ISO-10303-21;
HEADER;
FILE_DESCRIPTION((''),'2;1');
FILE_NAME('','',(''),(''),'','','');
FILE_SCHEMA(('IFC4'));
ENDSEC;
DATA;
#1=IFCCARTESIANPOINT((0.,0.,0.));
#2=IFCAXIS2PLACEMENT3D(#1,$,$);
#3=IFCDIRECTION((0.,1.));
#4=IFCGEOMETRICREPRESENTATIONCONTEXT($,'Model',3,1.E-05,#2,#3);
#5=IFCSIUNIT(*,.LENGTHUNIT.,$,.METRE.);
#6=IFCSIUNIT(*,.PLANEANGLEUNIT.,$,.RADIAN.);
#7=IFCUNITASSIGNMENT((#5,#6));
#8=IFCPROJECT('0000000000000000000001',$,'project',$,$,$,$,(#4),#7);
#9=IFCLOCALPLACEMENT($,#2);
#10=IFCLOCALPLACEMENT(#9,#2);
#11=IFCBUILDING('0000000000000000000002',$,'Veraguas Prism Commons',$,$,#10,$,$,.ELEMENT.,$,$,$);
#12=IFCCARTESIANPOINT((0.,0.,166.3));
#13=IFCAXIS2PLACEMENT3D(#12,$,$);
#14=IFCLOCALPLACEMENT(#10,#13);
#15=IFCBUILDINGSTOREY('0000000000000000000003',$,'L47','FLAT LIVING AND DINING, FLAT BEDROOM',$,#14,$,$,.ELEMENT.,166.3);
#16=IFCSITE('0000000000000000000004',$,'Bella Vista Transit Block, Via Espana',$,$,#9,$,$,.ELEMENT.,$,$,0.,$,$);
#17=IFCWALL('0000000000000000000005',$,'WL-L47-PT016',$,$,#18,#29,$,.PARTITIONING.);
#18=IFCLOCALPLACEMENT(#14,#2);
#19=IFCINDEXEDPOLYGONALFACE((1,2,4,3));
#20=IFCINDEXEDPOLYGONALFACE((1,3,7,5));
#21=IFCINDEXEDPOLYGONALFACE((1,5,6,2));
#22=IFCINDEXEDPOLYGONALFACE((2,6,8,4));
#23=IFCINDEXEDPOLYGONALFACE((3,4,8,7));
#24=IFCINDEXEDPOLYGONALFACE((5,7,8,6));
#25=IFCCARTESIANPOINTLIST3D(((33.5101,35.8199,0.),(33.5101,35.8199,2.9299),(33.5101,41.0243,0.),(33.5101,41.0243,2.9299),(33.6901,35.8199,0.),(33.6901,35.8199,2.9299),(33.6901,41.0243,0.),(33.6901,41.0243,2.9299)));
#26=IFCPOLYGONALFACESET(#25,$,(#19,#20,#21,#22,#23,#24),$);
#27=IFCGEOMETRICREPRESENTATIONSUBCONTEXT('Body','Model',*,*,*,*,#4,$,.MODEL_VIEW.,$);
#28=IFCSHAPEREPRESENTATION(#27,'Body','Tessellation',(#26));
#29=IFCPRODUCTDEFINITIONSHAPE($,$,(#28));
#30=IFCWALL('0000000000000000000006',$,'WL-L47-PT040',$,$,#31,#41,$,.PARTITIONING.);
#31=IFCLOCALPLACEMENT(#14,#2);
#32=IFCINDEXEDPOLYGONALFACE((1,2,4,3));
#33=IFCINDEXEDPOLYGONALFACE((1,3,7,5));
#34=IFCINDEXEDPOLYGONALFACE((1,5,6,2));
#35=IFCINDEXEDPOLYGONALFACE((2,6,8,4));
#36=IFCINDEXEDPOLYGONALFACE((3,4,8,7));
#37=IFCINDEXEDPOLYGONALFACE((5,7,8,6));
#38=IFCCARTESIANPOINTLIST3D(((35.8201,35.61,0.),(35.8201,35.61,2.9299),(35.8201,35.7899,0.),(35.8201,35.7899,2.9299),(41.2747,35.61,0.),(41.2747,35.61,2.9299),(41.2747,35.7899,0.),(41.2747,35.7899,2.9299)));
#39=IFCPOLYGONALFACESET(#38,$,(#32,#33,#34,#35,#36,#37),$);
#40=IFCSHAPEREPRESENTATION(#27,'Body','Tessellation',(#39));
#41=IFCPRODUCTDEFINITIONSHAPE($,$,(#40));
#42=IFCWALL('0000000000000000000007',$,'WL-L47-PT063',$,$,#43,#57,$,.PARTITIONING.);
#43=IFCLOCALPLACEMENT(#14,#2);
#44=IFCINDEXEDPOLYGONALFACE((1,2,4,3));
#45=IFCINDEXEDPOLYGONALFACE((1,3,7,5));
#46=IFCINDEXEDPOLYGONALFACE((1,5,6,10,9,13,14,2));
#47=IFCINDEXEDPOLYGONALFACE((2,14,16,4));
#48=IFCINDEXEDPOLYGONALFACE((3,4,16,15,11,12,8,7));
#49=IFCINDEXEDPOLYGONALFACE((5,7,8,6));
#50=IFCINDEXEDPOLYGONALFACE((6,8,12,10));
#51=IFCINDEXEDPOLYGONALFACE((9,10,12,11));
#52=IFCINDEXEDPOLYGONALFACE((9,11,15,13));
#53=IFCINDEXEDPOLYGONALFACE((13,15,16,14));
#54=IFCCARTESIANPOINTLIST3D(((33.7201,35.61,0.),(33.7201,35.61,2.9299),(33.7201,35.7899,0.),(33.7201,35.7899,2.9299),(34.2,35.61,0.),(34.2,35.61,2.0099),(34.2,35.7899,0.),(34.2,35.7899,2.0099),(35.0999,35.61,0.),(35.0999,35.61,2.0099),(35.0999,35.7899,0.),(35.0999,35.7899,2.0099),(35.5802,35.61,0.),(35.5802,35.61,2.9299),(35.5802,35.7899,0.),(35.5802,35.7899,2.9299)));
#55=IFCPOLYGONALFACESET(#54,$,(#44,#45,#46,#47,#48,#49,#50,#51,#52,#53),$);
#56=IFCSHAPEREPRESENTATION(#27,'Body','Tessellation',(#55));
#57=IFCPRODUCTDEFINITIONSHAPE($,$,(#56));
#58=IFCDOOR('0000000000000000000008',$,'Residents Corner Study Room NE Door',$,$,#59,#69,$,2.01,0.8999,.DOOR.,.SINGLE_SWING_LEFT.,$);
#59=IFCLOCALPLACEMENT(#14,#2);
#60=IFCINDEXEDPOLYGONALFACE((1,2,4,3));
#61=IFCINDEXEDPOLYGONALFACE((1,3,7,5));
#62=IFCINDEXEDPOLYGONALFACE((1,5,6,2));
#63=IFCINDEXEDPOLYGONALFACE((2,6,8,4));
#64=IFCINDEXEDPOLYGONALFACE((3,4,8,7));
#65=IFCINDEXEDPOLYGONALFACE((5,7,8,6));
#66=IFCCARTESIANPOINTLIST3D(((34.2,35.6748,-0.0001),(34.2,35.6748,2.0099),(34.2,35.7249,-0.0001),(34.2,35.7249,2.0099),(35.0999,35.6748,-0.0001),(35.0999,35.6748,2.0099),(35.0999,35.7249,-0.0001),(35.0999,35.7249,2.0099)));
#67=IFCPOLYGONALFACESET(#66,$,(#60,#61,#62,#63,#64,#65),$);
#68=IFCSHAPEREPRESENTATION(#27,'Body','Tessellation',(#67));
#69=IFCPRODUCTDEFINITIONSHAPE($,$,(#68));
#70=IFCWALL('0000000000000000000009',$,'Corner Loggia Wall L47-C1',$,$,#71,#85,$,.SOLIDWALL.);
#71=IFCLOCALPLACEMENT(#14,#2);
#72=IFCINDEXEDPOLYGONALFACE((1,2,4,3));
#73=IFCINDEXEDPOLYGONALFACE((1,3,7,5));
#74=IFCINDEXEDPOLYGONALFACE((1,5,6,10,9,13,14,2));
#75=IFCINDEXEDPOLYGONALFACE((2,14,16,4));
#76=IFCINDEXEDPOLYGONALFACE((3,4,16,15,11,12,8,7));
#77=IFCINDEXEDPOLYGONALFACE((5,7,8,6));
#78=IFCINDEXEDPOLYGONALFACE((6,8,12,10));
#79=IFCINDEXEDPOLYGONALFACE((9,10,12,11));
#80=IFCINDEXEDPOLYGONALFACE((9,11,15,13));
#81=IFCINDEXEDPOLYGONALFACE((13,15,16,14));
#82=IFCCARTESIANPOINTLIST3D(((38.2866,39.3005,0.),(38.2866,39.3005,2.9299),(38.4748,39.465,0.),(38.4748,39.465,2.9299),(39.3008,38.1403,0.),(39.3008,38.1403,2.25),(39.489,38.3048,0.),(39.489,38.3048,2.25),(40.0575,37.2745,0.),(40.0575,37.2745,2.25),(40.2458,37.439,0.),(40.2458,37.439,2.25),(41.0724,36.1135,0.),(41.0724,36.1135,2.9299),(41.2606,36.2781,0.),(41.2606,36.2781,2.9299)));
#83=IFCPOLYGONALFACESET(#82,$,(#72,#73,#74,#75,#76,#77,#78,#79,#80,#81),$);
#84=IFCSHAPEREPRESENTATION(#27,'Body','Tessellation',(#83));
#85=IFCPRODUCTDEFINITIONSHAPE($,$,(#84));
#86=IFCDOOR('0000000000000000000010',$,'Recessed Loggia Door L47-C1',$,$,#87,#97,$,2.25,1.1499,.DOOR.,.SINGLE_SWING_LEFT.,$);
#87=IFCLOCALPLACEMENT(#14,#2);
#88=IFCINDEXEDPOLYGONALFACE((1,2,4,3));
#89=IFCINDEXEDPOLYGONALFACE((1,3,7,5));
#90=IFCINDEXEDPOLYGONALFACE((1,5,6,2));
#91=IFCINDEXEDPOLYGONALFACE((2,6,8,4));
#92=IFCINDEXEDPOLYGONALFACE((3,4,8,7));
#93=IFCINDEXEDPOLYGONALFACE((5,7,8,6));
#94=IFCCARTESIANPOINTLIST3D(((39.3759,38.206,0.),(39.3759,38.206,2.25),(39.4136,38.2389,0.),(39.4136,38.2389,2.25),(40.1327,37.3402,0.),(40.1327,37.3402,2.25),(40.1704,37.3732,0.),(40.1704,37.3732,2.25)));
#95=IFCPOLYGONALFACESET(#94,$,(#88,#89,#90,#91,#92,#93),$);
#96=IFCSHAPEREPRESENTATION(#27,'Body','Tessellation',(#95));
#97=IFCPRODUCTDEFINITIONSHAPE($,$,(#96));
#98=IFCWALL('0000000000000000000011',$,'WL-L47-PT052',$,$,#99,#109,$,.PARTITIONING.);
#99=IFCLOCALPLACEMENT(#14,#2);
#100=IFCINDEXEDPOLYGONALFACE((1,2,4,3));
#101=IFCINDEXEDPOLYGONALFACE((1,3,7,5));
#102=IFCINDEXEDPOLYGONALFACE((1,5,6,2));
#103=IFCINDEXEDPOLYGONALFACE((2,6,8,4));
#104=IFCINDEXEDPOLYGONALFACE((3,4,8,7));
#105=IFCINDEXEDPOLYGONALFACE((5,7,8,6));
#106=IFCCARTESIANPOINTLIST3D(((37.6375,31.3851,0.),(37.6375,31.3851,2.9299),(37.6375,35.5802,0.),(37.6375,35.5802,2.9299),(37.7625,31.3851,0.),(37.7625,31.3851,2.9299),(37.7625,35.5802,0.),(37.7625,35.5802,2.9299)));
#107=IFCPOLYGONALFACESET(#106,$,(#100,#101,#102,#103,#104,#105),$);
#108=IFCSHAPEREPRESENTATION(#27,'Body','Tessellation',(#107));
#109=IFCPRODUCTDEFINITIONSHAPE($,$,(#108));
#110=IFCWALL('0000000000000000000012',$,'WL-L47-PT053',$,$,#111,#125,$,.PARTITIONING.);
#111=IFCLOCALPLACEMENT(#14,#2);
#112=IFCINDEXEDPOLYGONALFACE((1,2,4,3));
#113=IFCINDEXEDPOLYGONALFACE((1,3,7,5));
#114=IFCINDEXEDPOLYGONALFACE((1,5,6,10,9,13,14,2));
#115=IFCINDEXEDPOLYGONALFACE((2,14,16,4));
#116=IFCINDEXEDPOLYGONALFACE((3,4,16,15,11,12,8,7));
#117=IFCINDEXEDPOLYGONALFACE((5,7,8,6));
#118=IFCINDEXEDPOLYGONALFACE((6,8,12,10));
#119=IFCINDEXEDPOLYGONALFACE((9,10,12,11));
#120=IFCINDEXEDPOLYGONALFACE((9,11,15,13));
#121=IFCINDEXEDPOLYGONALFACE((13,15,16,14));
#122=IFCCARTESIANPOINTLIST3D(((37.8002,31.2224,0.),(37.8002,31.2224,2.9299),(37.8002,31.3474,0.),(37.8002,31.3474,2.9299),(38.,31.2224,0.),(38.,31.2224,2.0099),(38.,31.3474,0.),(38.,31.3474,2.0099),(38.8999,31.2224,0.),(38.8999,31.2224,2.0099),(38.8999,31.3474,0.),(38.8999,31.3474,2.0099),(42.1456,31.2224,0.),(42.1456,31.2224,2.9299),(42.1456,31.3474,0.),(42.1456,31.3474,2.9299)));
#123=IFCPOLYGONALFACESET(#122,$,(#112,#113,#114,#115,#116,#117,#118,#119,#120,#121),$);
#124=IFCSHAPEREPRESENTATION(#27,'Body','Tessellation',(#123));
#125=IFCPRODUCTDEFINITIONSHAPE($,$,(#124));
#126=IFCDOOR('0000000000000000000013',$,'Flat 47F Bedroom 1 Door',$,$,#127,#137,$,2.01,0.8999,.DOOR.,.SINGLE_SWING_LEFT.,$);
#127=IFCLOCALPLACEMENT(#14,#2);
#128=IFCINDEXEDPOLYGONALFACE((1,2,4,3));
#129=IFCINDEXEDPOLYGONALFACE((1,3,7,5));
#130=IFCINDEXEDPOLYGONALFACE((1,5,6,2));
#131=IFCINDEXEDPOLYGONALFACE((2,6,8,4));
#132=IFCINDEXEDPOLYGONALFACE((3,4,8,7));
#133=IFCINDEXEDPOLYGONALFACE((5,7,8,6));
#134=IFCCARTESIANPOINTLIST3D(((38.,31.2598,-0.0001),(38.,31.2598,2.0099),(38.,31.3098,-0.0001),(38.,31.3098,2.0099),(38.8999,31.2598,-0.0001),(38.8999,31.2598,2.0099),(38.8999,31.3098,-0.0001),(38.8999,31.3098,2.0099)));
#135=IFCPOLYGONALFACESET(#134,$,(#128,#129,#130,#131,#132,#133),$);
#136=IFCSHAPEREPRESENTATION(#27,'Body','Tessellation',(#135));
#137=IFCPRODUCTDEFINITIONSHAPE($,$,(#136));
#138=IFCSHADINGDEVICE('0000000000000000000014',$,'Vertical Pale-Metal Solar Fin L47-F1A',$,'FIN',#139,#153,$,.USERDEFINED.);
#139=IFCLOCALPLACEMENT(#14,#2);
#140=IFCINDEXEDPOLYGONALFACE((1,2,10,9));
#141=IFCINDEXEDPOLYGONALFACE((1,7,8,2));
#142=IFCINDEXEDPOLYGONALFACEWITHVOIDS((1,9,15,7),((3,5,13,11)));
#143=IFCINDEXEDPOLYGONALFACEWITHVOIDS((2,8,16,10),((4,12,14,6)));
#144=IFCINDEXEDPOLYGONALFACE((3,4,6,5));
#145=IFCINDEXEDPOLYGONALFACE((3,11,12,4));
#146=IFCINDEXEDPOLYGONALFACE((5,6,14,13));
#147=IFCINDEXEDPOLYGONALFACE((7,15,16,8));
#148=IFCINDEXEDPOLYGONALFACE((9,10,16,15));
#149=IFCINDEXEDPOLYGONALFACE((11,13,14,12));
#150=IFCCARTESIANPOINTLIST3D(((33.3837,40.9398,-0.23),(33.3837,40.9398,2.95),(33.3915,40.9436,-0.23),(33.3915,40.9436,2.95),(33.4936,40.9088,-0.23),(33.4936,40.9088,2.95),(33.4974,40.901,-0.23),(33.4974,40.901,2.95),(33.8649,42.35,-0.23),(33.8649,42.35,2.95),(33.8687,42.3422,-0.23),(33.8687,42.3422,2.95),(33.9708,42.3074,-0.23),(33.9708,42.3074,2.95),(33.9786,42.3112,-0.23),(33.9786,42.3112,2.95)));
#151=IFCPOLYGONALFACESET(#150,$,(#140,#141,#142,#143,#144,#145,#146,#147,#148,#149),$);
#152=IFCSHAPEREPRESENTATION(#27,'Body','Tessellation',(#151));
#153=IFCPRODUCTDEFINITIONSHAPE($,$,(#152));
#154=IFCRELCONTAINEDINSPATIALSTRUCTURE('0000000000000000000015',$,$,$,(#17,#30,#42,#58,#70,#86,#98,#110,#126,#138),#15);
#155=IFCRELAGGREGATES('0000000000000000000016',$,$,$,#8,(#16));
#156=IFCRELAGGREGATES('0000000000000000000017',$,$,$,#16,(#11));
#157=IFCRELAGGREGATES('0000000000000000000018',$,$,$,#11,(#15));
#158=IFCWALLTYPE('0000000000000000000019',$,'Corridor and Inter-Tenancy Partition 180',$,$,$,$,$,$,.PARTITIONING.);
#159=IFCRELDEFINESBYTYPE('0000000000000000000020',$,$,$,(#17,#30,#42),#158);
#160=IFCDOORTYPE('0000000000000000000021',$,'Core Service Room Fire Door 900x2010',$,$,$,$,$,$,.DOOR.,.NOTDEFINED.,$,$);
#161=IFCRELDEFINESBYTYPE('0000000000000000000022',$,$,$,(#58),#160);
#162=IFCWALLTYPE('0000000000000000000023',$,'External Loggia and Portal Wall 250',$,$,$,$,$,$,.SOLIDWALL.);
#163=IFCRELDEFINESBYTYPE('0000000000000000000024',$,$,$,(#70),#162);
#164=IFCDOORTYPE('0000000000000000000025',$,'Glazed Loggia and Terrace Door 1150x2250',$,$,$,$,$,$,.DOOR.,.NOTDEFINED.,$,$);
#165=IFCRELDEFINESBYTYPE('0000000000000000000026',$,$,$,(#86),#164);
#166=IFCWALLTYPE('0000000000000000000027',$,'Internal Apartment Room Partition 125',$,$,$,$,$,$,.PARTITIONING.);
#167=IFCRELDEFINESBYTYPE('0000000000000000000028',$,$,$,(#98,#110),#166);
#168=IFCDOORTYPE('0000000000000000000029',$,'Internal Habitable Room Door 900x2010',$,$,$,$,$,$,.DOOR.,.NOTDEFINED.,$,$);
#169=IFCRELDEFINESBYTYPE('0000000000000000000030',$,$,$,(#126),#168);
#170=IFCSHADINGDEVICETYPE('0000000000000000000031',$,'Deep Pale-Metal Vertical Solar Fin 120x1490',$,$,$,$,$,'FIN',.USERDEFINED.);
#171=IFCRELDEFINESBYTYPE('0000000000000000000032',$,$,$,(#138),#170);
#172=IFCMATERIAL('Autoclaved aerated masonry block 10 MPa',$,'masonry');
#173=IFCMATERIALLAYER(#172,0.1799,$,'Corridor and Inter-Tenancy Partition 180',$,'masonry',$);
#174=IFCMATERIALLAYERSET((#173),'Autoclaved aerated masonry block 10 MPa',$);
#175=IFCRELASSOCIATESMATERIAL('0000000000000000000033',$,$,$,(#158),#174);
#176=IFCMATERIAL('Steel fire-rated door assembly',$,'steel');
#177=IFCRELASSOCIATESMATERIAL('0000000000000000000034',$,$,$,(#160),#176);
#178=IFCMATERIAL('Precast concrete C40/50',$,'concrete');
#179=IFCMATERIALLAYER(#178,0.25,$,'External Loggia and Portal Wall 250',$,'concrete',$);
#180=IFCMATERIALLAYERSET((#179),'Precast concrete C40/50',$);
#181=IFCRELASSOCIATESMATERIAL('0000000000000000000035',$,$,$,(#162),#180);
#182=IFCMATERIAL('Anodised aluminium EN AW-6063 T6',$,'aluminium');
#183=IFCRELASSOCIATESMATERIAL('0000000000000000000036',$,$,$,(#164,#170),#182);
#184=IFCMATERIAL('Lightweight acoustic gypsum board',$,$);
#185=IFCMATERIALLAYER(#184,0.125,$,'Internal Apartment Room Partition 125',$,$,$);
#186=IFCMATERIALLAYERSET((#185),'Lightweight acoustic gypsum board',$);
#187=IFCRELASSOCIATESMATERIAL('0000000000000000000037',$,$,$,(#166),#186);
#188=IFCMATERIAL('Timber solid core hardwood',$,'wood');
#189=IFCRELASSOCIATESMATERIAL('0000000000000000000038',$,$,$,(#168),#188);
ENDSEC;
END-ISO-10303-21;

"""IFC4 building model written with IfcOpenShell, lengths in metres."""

from ifc_helpers import new_model, si_unit, direction, frame, frame_2d, origin, origin_2d, place, context, subcontext, project, spatial, rectangle, hollow_rectangle, extrude, source, transform, mapped, material, layer, layer_set, material_profile, profile_set, type_object, element, fill, save


model = new_model("IFC4")

# Units and contexts
model_context = context("Model", 3, precision=1e-05, world=origin(), true_north=direction((0.0, 1.0)))
body_context = subcontext(model_context, "Body", "Model", "MODEL_VIEW")
ifc_project = project(units=[si_unit("LENGTHUNIT", "METRE"), si_unit("PLANEANGLEUNIT", "RADIAN")], contexts=[model_context])

# Site, building, storey
site_placement = place(None, origin())
site = spatial("IfcSite", under=ifc_project, at=site_placement, Name="Bella Vista Transit Block, Via Espana", CompositionType="ELEMENT", RefElevation=0.0)
building_placement = place(site_placement, origin())
building = spatial("IfcBuilding", under=site, at=building_placement, Name="Veraguas Prism Commons", CompositionType="ELEMENT")
storey_placement = place(building_placement, frame((0.0, 0.0, 166.3)))
storey = spatial("IfcBuildingStorey", under=building, at=storey_placement, Name="L47", Description="FLAT LIVING AND DINING, FLAT BEDROOM", CompositionType="ELEMENT", Elevation=166.3)

# Shared definitions
ifc_material_1 = material(Name="Anodised aluminium EN AW-6063 T6", Category="aluminium")

# Walls
ifc_material_2 = material(Name="Autoclaved aerated masonry block 10 MPa", Category="masonry")
ifc_layer_1 = layer(ifc_material_2, 0.1799, Name="Corridor and Inter-Tenancy Partition 180", Category="masonry")
ifc_layer_set_1 = layer_set([ifc_layer_1], Name="Autoclaved aerated masonry block 10 MPa")
wall_type_1 = type_object("IfcWallType", Name="Corridor and Inter-Tenancy Partition 180", PredefinedType="PARTITIONING", material=ifc_layer_set_1)
wall_1_placement = place(storey_placement, frame((33.6001, 35.8201, 0.0), z_axis=(0.0, 0.0, 1.0), x_axis=(0.0, 1.0, 0.0)))
element("IfcWall", 1, at=wall_1_placement, inside=storey, type_object=wall_type_1, Name="WL-L47-PT016", PredefinedType="PARTITIONING", context=body_context, shape_type="SweptSolid", body=[
    extrude(rectangle(XDim=5.2043, YDim=0.1799, at=frame_2d((2.6021, 0.0))), origin(), (0.0, 0.0, 1.0), 2.9299),
])
wall_2_placement = place(storey_placement, frame((35.8201, 35.7, 0.0), z_axis=(0.0, 0.0, 1.0), x_axis=(1.0, 0.0, 0.0)))
element("IfcWall", 2, at=wall_2_placement, inside=storey, type_object=wall_type_1, Name="WL-L47-PT040", PredefinedType="PARTITIONING", context=body_context, shape_type="SweptSolid", body=[
    extrude(rectangle(XDim=5.4546, YDim=0.1799, at=frame_2d((2.7273, 0.0))), origin(), (0.0, 0.0, 1.0), 2.9299),
])

# Walls, openings, doors
wall_3_placement = place(storey_placement, frame((33.72, 35.7, 0.0), z_axis=(0.0, 0.0, 1.0), x_axis=(1.0, 0.0, 0.0)))
wall_3 = element("IfcWall", 3, at=wall_3_placement, inside=storey, type_object=wall_type_1, Name="WL-L47-PT063", PredefinedType="PARTITIONING", context=body_context, shape_type="SweptSolid", body=[
    extrude(rectangle(XDim=1.8601, YDim=0.1799, at=frame_2d((0.9302, 0.0))), origin(), (0.0, 0.0, 1.0), 2.9299),
])
opening_1_placement = place(wall_3_placement, frame((0.48, 0.0, 0.0)))
opening_1 = element("IfcOpeningElement", 4, at=opening_1_placement, cuts=wall_3, PredefinedType="OPENING", context=body_context, shape_type="SweptSolid", body=[
    extrude(rectangle(XDim=0.8999, YDim=2.01, at=frame_2d((0.45, 1.0049))), frame((0.0, 0.0999, 0.0), z_axis=(0.0, -1.0, 0.0), x_axis=(1.0, 0.0, 0.0)), (0.0, 0.0, 1.0), 0.2),
])
ifc_material_3 = material(Name="Steel fire-rated door assembly", Category="steel")
door_type_1 = type_object("IfcDoorType", Name="Core Service Room Fire Door 900x2010", OperationType="NOTDEFINED", PredefinedType="DOOR", material=ifc_material_3)
shared_shape_1 = source(origin(), body_context, "Body", "SweptSolid", [
    extrude(rectangle(XDim=0.8999, YDim=2.01, at=frame_2d((0.45, 1.0049))), frame((0.0, 0.0249, 0.0), z_axis=(0.0, -1.0, 0.0), x_axis=(1.0, 0.0, 0.0)), (0.0, 0.0, 1.0), 0.05),
])
door_1_placement = place(opening_1_placement, origin())
door_1 = element("IfcDoor", 5, at=door_1_placement, inside=storey, type_object=door_type_1, Name="Residents Corner Study Room NE Door", OperationType="SINGLE_SWING_LEFT", OverallHeight=2.01, OverallWidth=0.8999, PredefinedType="DOOR", context=body_context, shape_type="MappedRepresentation", body=[
    mapped(shared_shape_1, transform((0.0, 0.0, 0.0), scale=1.0)),
])
fill(opening_1, door_1)
ifc_material_4 = material(Name="Precast concrete C40/50", Category="concrete")
ifc_layer_2 = layer(ifc_material_4, 0.25, Name="External Loggia and Portal Wall 250", Category="concrete")
ifc_layer_set_2 = layer_set([ifc_layer_2], Name="Precast concrete C40/50")
wall_type_2 = type_object("IfcWallType", Name="External Loggia and Portal Wall 250", PredefinedType="SOLIDWALL", material=ifc_layer_set_2)
wall_4_placement = place(storey_placement, frame((41.1665, 36.1958, 0.0), z_axis=(0.0, 0.0, 1.0), x_axis=(-0.658137, 0.752898, 0.0)))
wall_4 = element("IfcWall", 6, at=wall_4_placement, inside=storey, type_object=wall_type_2, Name="Corner Loggia Wall L47-C1", PredefinedType="SOLIDWALL", context=body_context, shape_type="SweptSolid", body=[
    extrude(rectangle(XDim=4.2329, YDim=0.25, at=frame_2d((2.1165, 0.0))), origin(), (0.0, 0.0, 1.0), 2.9299),
])
opening_2_placement = place(wall_4_placement, frame((1.542, 0.0, 0.0)))
opening_2 = element("IfcOpeningElement", 7, at=opening_2_placement, cuts=wall_4, PredefinedType="OPENING", context=body_context, shape_type="SweptSolid", body=[
    extrude(rectangle(XDim=1.1499, YDim=2.25, at=frame_2d((0.575, 1.125))), frame((0.0, 0.135, 0.0), z_axis=(0.0, -1.0, 0.0), x_axis=(1.0, 0.0, 0.0)), (0.0, 0.0, 1.0), 0.27),
])
door_type_2 = type_object("IfcDoorType", Name="Glazed Loggia and Terrace Door 1150x2250", OperationType="NOTDEFINED", PredefinedType="DOOR", material=ifc_material_1)
shared_shape_2 = source(origin(), body_context, "Body", "SweptSolid", [
    extrude(rectangle(XDim=1.1499, YDim=2.25, at=frame_2d((0.575, 1.125))), frame((0.0, 0.0249, 0.0), z_axis=(0.0, -1.0, 0.0), x_axis=(1.0, 0.0, 0.0)), (0.0, 0.0, 1.0), 0.05),
])
door_2_placement = place(opening_2_placement, frame((1.1499, 0.0, 0.0), z_axis=(0.0, 0.0, 1.0), x_axis=(-1.0, 0.0, 0.0)))
door_2 = element("IfcDoor", 8, at=door_2_placement, inside=storey, type_object=door_type_2, Name="Recessed Loggia Door L47-C1", OperationType="SINGLE_SWING_LEFT", OverallHeight=2.25, OverallWidth=1.1499, PredefinedType="DOOR", context=body_context, shape_type="MappedRepresentation", body=[
    mapped(shared_shape_2, transform((0.0, 0.0, 0.0), scale=1.0)),
])
fill(opening_2, door_2)

# Wall
ifc_material_5 = material(Name="Lightweight acoustic gypsum board")
ifc_layer_3 = layer(ifc_material_5, 0.125, Name="Internal Apartment Room Partition 125")
ifc_layer_set_3 = layer_set([ifc_layer_3], Name="Lightweight acoustic gypsum board")
wall_type_3 = type_object("IfcWallType", Name="Internal Apartment Room Partition 125", PredefinedType="PARTITIONING", material=ifc_layer_set_3)
wall_5_placement = place(storey_placement, frame((37.7, 31.385, 0.0), z_axis=(0.0, 0.0, 1.0), x_axis=(0.0, 1.0, 0.0)))
element("IfcWall", 9, at=wall_5_placement, inside=storey, type_object=wall_type_3, Name="WL-L47-PT052", PredefinedType="PARTITIONING", context=body_context, shape_type="SweptSolid", body=[
    extrude(rectangle(XDim=4.1951, YDim=0.125, at=frame_2d((2.0977, 0.0))), origin(), (0.0, 0.0, 1.0), 2.9299),
])

# Wall, opening, door
wall_6_placement = place(storey_placement, frame((37.8, 31.2849, 0.0), z_axis=(0.0, 0.0, 1.0), x_axis=(1.0, 0.0, 0.0)))
wall_6 = element("IfcWall", 10, at=wall_6_placement, inside=storey, type_object=wall_type_3, Name="WL-L47-PT053", PredefinedType="PARTITIONING", context=body_context, shape_type="SweptSolid", body=[
    extrude(rectangle(XDim=4.3455, YDim=0.125, at=frame_2d((2.1729, 0.0))), origin(), (0.0, 0.0, 1.0), 2.9299),
])
opening_3_placement = place(wall_6_placement, frame((0.2, 0.0, 0.0)))
opening_3 = element("IfcOpeningElement", 11, at=opening_3_placement, cuts=wall_6, PredefinedType="OPENING", context=body_context, shape_type="SweptSolid", body=[
    extrude(rectangle(XDim=0.8999, YDim=2.01, at=frame_2d((0.45, 1.0049))), frame((0.0, 0.0725, 0.0), z_axis=(0.0, -1.0, 0.0), x_axis=(1.0, 0.0, 0.0)), (0.0, 0.0, 1.0), 0.145),
])
ifc_material_6 = material(Name="Timber solid core hardwood", Category="wood")
door_type_3 = type_object("IfcDoorType", Name="Internal Habitable Room Door 900x2010", OperationType="NOTDEFINED", PredefinedType="DOOR", material=ifc_material_6)
door_3_placement = place(opening_3_placement, origin())
door_3 = element("IfcDoor", 12, at=door_3_placement, inside=storey, type_object=door_type_3, Name="Flat 47F Bedroom 1 Door", OperationType="SINGLE_SWING_LEFT", OverallHeight=2.01, OverallWidth=0.8999, PredefinedType="DOOR", context=body_context, shape_type="MappedRepresentation", body=[
    mapped(shared_shape_1, transform((0.0, 0.0, 0.0), scale=1.0)),
])
fill(opening_3, door_3)

# Shading device
ifc_material_profile_1 = material_profile(ifc_material_1, hollow_rectangle(XDim=0.1201, YDim=1.49, WallThickness=0.0061, at=origin_2d()), Name="FIN120X1490X6")
ifc_profile_set_1 = profile_set([ifc_material_profile_1], Name="Anodised aluminium EN AW-6063 T6")
shading_device_type = type_object("IfcShadingDeviceType", Name="Deep Pale-Metal Vertical Solar Fin 120x1490", ElementType="FIN", PredefinedType="USERDEFINED", material=ifc_profile_set_1)
shading_device_placement = place(storey_placement, frame((33.6812, 41.6255, -0.23), z_axis=(0.0, 0.0, 1.0), x_axis=(-0.946424, 0.322927, 0.0)))
element("IfcShadingDevice", 13, at=shading_device_placement, inside=storey, type_object=shading_device_type, Name="Vertical Pale-Metal Solar Fin L47-F1A", ObjectType="FIN", PredefinedType="USERDEFINED", context=body_context, shape_type="SweptSolid", body=[
    extrude(hollow_rectangle(XDim=0.1201, YDim=1.49, WallThickness=0.0061, at=origin_2d()), origin(), (0.0, 0.0, 1.0), 3.1799),
])

save(model, "model.ifc")
